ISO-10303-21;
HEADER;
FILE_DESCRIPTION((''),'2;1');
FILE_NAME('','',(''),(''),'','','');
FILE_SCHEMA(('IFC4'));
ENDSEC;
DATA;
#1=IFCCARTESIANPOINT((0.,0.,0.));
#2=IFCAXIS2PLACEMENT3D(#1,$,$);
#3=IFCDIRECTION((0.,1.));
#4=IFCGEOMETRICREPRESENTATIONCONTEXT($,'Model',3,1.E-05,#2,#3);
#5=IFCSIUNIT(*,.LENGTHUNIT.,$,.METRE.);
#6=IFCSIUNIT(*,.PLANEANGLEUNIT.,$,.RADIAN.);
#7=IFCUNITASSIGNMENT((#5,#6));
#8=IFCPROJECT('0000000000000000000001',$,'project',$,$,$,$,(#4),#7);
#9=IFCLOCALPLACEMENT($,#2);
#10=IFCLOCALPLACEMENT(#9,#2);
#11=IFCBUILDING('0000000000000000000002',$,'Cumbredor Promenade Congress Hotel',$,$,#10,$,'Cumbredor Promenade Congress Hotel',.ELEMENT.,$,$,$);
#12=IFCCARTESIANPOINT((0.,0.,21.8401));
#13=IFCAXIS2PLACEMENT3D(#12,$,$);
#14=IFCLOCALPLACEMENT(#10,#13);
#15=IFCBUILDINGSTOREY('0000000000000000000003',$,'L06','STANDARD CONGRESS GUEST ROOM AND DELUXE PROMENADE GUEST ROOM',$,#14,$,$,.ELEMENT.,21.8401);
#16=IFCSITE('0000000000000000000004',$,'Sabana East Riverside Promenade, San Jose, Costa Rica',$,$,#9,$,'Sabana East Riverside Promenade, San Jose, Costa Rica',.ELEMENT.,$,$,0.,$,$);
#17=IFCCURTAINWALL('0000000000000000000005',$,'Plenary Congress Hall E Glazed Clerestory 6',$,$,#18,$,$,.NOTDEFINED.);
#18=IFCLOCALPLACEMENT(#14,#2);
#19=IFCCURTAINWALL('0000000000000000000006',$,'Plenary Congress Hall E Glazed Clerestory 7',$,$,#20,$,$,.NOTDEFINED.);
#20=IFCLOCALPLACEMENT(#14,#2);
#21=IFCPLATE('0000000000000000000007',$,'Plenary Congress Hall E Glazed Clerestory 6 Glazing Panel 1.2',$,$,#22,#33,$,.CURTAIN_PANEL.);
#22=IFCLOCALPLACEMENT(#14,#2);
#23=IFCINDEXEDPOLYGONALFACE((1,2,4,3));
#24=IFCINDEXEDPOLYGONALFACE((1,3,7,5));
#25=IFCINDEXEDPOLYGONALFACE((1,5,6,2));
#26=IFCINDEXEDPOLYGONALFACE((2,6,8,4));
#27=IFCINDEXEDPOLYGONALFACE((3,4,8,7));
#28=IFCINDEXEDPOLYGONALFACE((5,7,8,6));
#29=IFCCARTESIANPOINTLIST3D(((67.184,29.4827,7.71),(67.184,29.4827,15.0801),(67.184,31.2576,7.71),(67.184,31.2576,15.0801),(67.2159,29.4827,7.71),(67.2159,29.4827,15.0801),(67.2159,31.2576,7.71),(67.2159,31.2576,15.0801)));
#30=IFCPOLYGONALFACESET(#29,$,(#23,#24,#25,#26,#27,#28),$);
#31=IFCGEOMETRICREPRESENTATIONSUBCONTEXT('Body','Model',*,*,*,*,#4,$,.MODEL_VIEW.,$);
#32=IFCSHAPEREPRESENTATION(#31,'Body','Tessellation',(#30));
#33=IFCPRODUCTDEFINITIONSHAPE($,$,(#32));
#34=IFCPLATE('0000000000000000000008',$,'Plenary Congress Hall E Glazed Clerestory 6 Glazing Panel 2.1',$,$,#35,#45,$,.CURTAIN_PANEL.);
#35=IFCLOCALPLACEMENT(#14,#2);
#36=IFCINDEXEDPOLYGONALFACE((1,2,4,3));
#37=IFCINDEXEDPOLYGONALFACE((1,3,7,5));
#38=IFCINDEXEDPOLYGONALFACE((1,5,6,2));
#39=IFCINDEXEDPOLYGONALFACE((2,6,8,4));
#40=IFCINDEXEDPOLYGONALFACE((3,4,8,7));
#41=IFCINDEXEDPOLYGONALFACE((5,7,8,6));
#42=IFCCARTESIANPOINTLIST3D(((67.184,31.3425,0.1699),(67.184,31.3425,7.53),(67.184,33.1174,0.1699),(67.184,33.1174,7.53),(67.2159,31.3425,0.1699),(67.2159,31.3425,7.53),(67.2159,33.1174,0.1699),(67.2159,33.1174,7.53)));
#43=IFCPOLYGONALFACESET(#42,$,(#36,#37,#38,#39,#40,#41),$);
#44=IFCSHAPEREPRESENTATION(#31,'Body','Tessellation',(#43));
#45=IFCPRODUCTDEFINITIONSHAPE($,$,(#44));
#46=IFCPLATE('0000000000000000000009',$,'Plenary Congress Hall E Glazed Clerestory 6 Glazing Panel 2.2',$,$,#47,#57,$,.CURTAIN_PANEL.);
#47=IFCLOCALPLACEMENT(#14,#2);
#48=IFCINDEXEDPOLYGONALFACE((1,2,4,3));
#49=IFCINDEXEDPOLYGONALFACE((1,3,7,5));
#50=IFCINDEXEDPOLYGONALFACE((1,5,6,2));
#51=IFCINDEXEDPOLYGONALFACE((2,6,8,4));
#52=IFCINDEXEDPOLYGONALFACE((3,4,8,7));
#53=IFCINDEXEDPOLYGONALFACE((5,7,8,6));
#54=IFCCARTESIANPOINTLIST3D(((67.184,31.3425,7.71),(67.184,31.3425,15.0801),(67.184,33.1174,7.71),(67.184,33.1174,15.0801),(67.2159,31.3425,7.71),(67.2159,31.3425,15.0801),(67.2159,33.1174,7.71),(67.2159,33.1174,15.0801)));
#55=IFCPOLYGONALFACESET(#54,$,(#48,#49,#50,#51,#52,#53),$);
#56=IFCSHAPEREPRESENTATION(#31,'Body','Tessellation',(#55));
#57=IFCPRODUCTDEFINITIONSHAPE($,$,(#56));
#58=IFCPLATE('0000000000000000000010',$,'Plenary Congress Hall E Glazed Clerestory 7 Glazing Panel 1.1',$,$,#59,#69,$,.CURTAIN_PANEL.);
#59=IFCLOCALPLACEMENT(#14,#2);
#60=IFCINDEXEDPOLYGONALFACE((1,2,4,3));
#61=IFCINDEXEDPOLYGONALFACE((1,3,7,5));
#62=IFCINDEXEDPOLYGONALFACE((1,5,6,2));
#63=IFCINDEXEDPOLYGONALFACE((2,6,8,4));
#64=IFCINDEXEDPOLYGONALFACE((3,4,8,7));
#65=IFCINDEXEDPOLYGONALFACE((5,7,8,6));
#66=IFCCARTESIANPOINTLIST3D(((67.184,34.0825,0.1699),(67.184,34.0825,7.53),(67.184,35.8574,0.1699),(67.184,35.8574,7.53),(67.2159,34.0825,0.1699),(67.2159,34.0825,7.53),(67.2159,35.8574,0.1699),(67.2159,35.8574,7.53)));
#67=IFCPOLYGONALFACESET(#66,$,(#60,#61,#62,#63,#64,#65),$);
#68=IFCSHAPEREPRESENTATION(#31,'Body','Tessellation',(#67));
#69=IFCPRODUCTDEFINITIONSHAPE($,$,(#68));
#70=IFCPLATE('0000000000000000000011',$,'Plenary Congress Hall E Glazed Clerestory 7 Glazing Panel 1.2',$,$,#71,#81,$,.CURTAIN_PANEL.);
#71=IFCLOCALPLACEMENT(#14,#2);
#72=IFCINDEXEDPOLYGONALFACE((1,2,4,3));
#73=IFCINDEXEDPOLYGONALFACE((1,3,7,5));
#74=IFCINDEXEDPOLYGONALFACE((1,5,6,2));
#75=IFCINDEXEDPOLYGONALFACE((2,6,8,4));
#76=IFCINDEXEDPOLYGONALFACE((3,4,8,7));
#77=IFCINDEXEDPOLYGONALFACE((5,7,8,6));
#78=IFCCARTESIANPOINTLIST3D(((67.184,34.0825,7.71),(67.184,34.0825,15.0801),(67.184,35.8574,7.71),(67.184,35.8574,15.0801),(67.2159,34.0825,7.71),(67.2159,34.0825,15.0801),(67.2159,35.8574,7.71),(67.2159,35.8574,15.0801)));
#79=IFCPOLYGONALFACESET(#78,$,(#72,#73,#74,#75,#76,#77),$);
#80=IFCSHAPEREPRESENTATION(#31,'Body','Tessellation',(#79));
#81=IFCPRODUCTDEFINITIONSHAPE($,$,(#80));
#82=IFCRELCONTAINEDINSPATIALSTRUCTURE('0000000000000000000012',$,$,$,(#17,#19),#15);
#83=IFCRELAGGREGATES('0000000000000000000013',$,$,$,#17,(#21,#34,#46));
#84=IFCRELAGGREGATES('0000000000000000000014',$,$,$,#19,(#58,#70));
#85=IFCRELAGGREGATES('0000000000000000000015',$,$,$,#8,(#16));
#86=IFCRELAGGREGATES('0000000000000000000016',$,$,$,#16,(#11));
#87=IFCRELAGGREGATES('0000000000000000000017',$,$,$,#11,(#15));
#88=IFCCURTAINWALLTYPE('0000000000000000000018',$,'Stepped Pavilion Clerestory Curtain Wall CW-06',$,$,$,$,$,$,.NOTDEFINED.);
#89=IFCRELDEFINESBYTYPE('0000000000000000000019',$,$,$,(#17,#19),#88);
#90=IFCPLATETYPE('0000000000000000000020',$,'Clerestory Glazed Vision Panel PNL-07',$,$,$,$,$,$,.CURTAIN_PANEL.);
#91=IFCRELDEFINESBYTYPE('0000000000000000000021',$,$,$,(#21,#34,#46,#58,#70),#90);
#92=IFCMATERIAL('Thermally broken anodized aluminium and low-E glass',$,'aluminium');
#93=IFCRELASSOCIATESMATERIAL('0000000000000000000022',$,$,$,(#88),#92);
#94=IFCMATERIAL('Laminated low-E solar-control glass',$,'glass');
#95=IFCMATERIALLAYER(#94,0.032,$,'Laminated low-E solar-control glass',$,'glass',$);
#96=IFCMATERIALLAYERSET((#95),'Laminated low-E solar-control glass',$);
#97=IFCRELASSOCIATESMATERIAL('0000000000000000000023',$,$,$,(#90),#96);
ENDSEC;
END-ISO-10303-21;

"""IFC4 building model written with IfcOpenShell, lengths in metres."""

from ifc_helpers import new_model, si_unit, direction, frame, origin, origin_2d, place, context, subcontext, project, spatial, rectangle, extrude, material, layer, layer_set, type_object, element, aggregate, save


model = new_model("IFC4")

# Units and contexts
model_context = context("Model", 3, precision=1e-05, world=origin(), true_north=direction((0.0, 1.0)))
body_context = subcontext(model_context, "Body", "Model", "MODEL_VIEW")
ifc_project = project(units=[si_unit("LENGTHUNIT", "METRE"), si_unit("PLANEANGLEUNIT", "RADIAN")], contexts=[model_context])

# Site, building, storey
site_placement = place(None, origin())
site = spatial("IfcSite", under=ifc_project, at=site_placement, Name="Sabana East Riverside Promenade, San Jose, Costa Rica", LongName="Sabana East Riverside Promenade, San Jose, Costa Rica", CompositionType="ELEMENT", RefElevation=0.0)
building_placement = place(site_placement, origin())
building = spatial("IfcBuilding", under=site, at=building_placement, Name="Cumbredor Promenade Congress Hotel", LongName="Cumbredor Promenade Congress Hotel", CompositionType="ELEMENT")
storey_placement = place(building_placement, frame((0.0, 0.0, 21.8401)))
storey = spatial("IfcBuildingStorey", under=building, at=storey_placement, Name="L06", Description="STANDARD CONGRESS GUEST ROOM AND DELUXE PROMENADE GUEST ROOM", CompositionType="ELEMENT", Elevation=21.8401)

# Shared definitions
ifc_material_1 = material(Name="Thermally broken anodized aluminium and low-E glass", Category="aluminium")
curtain_wall_type = type_object("IfcCurtainWallType", Name="Stepped Pavilion Clerestory Curtain Wall CW-06", PredefinedType="NOTDEFINED", material=ifc_material_1)

# Curtain wall
curtain_wall_1_placement = place(storey_placement, origin())
curtain_wall_1 = element("IfcCurtainWall", 1, at=curtain_wall_1_placement, inside=storey, type_object=curtain_wall_type, Name="Plenary Congress Hall E Glazed Clerestory 6", PredefinedType="NOTDEFINED")

# Curtain wall
curtain_wall_2_placement = place(storey_placement, origin())
curtain_wall_2 = element("IfcCurtainWall", 2, at=curtain_wall_2_placement, inside=storey, type_object=curtain_wall_type, Name="Plenary Congress Hall E Glazed Clerestory 7", PredefinedType="NOTDEFINED")

# Plates
ifc_material_2 = material(Name="Laminated low-E solar-control glass", Category="glass")
ifc_layer = layer(ifc_material_2, 0.032, Name="Laminated low-E solar-control glass", Category="glass")
ifc_layer_set = layer_set([ifc_layer], Name="Laminated low-E solar-control glass")
plate_type = type_object("IfcPlateType", Name="Clerestory Glazed Vision Panel PNL-07", PredefinedType="CURTAIN_PANEL", material=ifc_layer_set)
plate_1_placement = place(storey_placement, frame((67.2, 30.3701, 7.71), z_axis=(0.0, 0.0, 1.0), x_axis=(0.0, 1.0, 0.0)))
plate_1 = element("IfcPlate", 3, at=plate_1_placement, type_object=plate_type, Name="Plenary Congress Hall E Glazed Clerestory 6 Glazing Panel 1.2", PredefinedType="CURTAIN_PANEL", context=body_context, shape_type="SweptSolid", body=[
    extrude(rectangle(XDim=1.7749, YDim=0.032, at=origin_2d()), origin(), (0.0, 0.0, 1.0), 7.3701),
])
plate_2_placement = place(storey_placement, frame((67.2, 32.23, 0.1699), z_axis=(0.0, 0.0, 1.0), x_axis=(0.0, 1.0, 0.0)))
plate_2 = element("IfcPlate", 4, at=plate_2_placement, type_object=plate_type, Name="Plenary Congress Hall E Glazed Clerestory 6 Glazing Panel 2.1", PredefinedType="CURTAIN_PANEL", context=body_context, shape_type="SweptSolid", body=[
    extrude(rectangle(XDim=1.7749, YDim=0.032, at=origin_2d()), origin(), (0.0, 0.0, 1.0), 7.3601),
])
plate_3_placement = place(storey_placement, frame((67.2, 32.23, 7.71), z_axis=(0.0, 0.0, 1.0), x_axis=(0.0, 1.0, 0.0)))
plate_3 = element("IfcPlate", 5, at=plate_3_placement, type_object=plate_type, Name="Plenary Congress Hall E Glazed Clerestory 6 Glazing Panel 2.2", PredefinedType="CURTAIN_PANEL", context=body_context, shape_type="SweptSolid", body=[
    extrude(rectangle(XDim=1.7749, YDim=0.032, at=origin_2d()), origin(), (0.0, 0.0, 1.0), 7.3701),
])
aggregate(curtain_wall_1, [plate_1, plate_2, plate_3])
plate_4_placement = place(storey_placement, frame((67.2, 34.97, 0.1699), z_axis=(0.0, 0.0, 1.0), x_axis=(0.0, 1.0, 0.0)))
plate_4 = element("IfcPlate", 6, at=plate_4_placement, type_object=plate_type, Name="Plenary Congress Hall E Glazed Clerestory 7 Glazing Panel 1.1", PredefinedType="CURTAIN_PANEL", context=body_context, shape_type="SweptSolid", body=[
    extrude(rectangle(XDim=1.7749, YDim=0.032, at=origin_2d()), origin(), (0.0, 0.0, 1.0), 7.3601),
])
plate_5_placement = place(storey_placement, frame((67.2, 34.97, 7.71), z_axis=(0.0, 0.0, 1.0), x_axis=(0.0, 1.0, 0.0)))
plate_5 = element("IfcPlate", 7, at=plate_5_placement, type_object=plate_type, Name="Plenary Congress Hall E Glazed Clerestory 7 Glazing Panel 1.2", PredefinedType="CURTAIN_PANEL", context=body_context, shape_type="SweptSolid", body=[
    extrude(rectangle(XDim=1.7749, YDim=0.032, at=origin_2d()), origin(), (0.0, 0.0, 1.0), 7.3701),
])
aggregate(curtain_wall_2, [plate_4, plate_5])

save(model, "model.ifc")
